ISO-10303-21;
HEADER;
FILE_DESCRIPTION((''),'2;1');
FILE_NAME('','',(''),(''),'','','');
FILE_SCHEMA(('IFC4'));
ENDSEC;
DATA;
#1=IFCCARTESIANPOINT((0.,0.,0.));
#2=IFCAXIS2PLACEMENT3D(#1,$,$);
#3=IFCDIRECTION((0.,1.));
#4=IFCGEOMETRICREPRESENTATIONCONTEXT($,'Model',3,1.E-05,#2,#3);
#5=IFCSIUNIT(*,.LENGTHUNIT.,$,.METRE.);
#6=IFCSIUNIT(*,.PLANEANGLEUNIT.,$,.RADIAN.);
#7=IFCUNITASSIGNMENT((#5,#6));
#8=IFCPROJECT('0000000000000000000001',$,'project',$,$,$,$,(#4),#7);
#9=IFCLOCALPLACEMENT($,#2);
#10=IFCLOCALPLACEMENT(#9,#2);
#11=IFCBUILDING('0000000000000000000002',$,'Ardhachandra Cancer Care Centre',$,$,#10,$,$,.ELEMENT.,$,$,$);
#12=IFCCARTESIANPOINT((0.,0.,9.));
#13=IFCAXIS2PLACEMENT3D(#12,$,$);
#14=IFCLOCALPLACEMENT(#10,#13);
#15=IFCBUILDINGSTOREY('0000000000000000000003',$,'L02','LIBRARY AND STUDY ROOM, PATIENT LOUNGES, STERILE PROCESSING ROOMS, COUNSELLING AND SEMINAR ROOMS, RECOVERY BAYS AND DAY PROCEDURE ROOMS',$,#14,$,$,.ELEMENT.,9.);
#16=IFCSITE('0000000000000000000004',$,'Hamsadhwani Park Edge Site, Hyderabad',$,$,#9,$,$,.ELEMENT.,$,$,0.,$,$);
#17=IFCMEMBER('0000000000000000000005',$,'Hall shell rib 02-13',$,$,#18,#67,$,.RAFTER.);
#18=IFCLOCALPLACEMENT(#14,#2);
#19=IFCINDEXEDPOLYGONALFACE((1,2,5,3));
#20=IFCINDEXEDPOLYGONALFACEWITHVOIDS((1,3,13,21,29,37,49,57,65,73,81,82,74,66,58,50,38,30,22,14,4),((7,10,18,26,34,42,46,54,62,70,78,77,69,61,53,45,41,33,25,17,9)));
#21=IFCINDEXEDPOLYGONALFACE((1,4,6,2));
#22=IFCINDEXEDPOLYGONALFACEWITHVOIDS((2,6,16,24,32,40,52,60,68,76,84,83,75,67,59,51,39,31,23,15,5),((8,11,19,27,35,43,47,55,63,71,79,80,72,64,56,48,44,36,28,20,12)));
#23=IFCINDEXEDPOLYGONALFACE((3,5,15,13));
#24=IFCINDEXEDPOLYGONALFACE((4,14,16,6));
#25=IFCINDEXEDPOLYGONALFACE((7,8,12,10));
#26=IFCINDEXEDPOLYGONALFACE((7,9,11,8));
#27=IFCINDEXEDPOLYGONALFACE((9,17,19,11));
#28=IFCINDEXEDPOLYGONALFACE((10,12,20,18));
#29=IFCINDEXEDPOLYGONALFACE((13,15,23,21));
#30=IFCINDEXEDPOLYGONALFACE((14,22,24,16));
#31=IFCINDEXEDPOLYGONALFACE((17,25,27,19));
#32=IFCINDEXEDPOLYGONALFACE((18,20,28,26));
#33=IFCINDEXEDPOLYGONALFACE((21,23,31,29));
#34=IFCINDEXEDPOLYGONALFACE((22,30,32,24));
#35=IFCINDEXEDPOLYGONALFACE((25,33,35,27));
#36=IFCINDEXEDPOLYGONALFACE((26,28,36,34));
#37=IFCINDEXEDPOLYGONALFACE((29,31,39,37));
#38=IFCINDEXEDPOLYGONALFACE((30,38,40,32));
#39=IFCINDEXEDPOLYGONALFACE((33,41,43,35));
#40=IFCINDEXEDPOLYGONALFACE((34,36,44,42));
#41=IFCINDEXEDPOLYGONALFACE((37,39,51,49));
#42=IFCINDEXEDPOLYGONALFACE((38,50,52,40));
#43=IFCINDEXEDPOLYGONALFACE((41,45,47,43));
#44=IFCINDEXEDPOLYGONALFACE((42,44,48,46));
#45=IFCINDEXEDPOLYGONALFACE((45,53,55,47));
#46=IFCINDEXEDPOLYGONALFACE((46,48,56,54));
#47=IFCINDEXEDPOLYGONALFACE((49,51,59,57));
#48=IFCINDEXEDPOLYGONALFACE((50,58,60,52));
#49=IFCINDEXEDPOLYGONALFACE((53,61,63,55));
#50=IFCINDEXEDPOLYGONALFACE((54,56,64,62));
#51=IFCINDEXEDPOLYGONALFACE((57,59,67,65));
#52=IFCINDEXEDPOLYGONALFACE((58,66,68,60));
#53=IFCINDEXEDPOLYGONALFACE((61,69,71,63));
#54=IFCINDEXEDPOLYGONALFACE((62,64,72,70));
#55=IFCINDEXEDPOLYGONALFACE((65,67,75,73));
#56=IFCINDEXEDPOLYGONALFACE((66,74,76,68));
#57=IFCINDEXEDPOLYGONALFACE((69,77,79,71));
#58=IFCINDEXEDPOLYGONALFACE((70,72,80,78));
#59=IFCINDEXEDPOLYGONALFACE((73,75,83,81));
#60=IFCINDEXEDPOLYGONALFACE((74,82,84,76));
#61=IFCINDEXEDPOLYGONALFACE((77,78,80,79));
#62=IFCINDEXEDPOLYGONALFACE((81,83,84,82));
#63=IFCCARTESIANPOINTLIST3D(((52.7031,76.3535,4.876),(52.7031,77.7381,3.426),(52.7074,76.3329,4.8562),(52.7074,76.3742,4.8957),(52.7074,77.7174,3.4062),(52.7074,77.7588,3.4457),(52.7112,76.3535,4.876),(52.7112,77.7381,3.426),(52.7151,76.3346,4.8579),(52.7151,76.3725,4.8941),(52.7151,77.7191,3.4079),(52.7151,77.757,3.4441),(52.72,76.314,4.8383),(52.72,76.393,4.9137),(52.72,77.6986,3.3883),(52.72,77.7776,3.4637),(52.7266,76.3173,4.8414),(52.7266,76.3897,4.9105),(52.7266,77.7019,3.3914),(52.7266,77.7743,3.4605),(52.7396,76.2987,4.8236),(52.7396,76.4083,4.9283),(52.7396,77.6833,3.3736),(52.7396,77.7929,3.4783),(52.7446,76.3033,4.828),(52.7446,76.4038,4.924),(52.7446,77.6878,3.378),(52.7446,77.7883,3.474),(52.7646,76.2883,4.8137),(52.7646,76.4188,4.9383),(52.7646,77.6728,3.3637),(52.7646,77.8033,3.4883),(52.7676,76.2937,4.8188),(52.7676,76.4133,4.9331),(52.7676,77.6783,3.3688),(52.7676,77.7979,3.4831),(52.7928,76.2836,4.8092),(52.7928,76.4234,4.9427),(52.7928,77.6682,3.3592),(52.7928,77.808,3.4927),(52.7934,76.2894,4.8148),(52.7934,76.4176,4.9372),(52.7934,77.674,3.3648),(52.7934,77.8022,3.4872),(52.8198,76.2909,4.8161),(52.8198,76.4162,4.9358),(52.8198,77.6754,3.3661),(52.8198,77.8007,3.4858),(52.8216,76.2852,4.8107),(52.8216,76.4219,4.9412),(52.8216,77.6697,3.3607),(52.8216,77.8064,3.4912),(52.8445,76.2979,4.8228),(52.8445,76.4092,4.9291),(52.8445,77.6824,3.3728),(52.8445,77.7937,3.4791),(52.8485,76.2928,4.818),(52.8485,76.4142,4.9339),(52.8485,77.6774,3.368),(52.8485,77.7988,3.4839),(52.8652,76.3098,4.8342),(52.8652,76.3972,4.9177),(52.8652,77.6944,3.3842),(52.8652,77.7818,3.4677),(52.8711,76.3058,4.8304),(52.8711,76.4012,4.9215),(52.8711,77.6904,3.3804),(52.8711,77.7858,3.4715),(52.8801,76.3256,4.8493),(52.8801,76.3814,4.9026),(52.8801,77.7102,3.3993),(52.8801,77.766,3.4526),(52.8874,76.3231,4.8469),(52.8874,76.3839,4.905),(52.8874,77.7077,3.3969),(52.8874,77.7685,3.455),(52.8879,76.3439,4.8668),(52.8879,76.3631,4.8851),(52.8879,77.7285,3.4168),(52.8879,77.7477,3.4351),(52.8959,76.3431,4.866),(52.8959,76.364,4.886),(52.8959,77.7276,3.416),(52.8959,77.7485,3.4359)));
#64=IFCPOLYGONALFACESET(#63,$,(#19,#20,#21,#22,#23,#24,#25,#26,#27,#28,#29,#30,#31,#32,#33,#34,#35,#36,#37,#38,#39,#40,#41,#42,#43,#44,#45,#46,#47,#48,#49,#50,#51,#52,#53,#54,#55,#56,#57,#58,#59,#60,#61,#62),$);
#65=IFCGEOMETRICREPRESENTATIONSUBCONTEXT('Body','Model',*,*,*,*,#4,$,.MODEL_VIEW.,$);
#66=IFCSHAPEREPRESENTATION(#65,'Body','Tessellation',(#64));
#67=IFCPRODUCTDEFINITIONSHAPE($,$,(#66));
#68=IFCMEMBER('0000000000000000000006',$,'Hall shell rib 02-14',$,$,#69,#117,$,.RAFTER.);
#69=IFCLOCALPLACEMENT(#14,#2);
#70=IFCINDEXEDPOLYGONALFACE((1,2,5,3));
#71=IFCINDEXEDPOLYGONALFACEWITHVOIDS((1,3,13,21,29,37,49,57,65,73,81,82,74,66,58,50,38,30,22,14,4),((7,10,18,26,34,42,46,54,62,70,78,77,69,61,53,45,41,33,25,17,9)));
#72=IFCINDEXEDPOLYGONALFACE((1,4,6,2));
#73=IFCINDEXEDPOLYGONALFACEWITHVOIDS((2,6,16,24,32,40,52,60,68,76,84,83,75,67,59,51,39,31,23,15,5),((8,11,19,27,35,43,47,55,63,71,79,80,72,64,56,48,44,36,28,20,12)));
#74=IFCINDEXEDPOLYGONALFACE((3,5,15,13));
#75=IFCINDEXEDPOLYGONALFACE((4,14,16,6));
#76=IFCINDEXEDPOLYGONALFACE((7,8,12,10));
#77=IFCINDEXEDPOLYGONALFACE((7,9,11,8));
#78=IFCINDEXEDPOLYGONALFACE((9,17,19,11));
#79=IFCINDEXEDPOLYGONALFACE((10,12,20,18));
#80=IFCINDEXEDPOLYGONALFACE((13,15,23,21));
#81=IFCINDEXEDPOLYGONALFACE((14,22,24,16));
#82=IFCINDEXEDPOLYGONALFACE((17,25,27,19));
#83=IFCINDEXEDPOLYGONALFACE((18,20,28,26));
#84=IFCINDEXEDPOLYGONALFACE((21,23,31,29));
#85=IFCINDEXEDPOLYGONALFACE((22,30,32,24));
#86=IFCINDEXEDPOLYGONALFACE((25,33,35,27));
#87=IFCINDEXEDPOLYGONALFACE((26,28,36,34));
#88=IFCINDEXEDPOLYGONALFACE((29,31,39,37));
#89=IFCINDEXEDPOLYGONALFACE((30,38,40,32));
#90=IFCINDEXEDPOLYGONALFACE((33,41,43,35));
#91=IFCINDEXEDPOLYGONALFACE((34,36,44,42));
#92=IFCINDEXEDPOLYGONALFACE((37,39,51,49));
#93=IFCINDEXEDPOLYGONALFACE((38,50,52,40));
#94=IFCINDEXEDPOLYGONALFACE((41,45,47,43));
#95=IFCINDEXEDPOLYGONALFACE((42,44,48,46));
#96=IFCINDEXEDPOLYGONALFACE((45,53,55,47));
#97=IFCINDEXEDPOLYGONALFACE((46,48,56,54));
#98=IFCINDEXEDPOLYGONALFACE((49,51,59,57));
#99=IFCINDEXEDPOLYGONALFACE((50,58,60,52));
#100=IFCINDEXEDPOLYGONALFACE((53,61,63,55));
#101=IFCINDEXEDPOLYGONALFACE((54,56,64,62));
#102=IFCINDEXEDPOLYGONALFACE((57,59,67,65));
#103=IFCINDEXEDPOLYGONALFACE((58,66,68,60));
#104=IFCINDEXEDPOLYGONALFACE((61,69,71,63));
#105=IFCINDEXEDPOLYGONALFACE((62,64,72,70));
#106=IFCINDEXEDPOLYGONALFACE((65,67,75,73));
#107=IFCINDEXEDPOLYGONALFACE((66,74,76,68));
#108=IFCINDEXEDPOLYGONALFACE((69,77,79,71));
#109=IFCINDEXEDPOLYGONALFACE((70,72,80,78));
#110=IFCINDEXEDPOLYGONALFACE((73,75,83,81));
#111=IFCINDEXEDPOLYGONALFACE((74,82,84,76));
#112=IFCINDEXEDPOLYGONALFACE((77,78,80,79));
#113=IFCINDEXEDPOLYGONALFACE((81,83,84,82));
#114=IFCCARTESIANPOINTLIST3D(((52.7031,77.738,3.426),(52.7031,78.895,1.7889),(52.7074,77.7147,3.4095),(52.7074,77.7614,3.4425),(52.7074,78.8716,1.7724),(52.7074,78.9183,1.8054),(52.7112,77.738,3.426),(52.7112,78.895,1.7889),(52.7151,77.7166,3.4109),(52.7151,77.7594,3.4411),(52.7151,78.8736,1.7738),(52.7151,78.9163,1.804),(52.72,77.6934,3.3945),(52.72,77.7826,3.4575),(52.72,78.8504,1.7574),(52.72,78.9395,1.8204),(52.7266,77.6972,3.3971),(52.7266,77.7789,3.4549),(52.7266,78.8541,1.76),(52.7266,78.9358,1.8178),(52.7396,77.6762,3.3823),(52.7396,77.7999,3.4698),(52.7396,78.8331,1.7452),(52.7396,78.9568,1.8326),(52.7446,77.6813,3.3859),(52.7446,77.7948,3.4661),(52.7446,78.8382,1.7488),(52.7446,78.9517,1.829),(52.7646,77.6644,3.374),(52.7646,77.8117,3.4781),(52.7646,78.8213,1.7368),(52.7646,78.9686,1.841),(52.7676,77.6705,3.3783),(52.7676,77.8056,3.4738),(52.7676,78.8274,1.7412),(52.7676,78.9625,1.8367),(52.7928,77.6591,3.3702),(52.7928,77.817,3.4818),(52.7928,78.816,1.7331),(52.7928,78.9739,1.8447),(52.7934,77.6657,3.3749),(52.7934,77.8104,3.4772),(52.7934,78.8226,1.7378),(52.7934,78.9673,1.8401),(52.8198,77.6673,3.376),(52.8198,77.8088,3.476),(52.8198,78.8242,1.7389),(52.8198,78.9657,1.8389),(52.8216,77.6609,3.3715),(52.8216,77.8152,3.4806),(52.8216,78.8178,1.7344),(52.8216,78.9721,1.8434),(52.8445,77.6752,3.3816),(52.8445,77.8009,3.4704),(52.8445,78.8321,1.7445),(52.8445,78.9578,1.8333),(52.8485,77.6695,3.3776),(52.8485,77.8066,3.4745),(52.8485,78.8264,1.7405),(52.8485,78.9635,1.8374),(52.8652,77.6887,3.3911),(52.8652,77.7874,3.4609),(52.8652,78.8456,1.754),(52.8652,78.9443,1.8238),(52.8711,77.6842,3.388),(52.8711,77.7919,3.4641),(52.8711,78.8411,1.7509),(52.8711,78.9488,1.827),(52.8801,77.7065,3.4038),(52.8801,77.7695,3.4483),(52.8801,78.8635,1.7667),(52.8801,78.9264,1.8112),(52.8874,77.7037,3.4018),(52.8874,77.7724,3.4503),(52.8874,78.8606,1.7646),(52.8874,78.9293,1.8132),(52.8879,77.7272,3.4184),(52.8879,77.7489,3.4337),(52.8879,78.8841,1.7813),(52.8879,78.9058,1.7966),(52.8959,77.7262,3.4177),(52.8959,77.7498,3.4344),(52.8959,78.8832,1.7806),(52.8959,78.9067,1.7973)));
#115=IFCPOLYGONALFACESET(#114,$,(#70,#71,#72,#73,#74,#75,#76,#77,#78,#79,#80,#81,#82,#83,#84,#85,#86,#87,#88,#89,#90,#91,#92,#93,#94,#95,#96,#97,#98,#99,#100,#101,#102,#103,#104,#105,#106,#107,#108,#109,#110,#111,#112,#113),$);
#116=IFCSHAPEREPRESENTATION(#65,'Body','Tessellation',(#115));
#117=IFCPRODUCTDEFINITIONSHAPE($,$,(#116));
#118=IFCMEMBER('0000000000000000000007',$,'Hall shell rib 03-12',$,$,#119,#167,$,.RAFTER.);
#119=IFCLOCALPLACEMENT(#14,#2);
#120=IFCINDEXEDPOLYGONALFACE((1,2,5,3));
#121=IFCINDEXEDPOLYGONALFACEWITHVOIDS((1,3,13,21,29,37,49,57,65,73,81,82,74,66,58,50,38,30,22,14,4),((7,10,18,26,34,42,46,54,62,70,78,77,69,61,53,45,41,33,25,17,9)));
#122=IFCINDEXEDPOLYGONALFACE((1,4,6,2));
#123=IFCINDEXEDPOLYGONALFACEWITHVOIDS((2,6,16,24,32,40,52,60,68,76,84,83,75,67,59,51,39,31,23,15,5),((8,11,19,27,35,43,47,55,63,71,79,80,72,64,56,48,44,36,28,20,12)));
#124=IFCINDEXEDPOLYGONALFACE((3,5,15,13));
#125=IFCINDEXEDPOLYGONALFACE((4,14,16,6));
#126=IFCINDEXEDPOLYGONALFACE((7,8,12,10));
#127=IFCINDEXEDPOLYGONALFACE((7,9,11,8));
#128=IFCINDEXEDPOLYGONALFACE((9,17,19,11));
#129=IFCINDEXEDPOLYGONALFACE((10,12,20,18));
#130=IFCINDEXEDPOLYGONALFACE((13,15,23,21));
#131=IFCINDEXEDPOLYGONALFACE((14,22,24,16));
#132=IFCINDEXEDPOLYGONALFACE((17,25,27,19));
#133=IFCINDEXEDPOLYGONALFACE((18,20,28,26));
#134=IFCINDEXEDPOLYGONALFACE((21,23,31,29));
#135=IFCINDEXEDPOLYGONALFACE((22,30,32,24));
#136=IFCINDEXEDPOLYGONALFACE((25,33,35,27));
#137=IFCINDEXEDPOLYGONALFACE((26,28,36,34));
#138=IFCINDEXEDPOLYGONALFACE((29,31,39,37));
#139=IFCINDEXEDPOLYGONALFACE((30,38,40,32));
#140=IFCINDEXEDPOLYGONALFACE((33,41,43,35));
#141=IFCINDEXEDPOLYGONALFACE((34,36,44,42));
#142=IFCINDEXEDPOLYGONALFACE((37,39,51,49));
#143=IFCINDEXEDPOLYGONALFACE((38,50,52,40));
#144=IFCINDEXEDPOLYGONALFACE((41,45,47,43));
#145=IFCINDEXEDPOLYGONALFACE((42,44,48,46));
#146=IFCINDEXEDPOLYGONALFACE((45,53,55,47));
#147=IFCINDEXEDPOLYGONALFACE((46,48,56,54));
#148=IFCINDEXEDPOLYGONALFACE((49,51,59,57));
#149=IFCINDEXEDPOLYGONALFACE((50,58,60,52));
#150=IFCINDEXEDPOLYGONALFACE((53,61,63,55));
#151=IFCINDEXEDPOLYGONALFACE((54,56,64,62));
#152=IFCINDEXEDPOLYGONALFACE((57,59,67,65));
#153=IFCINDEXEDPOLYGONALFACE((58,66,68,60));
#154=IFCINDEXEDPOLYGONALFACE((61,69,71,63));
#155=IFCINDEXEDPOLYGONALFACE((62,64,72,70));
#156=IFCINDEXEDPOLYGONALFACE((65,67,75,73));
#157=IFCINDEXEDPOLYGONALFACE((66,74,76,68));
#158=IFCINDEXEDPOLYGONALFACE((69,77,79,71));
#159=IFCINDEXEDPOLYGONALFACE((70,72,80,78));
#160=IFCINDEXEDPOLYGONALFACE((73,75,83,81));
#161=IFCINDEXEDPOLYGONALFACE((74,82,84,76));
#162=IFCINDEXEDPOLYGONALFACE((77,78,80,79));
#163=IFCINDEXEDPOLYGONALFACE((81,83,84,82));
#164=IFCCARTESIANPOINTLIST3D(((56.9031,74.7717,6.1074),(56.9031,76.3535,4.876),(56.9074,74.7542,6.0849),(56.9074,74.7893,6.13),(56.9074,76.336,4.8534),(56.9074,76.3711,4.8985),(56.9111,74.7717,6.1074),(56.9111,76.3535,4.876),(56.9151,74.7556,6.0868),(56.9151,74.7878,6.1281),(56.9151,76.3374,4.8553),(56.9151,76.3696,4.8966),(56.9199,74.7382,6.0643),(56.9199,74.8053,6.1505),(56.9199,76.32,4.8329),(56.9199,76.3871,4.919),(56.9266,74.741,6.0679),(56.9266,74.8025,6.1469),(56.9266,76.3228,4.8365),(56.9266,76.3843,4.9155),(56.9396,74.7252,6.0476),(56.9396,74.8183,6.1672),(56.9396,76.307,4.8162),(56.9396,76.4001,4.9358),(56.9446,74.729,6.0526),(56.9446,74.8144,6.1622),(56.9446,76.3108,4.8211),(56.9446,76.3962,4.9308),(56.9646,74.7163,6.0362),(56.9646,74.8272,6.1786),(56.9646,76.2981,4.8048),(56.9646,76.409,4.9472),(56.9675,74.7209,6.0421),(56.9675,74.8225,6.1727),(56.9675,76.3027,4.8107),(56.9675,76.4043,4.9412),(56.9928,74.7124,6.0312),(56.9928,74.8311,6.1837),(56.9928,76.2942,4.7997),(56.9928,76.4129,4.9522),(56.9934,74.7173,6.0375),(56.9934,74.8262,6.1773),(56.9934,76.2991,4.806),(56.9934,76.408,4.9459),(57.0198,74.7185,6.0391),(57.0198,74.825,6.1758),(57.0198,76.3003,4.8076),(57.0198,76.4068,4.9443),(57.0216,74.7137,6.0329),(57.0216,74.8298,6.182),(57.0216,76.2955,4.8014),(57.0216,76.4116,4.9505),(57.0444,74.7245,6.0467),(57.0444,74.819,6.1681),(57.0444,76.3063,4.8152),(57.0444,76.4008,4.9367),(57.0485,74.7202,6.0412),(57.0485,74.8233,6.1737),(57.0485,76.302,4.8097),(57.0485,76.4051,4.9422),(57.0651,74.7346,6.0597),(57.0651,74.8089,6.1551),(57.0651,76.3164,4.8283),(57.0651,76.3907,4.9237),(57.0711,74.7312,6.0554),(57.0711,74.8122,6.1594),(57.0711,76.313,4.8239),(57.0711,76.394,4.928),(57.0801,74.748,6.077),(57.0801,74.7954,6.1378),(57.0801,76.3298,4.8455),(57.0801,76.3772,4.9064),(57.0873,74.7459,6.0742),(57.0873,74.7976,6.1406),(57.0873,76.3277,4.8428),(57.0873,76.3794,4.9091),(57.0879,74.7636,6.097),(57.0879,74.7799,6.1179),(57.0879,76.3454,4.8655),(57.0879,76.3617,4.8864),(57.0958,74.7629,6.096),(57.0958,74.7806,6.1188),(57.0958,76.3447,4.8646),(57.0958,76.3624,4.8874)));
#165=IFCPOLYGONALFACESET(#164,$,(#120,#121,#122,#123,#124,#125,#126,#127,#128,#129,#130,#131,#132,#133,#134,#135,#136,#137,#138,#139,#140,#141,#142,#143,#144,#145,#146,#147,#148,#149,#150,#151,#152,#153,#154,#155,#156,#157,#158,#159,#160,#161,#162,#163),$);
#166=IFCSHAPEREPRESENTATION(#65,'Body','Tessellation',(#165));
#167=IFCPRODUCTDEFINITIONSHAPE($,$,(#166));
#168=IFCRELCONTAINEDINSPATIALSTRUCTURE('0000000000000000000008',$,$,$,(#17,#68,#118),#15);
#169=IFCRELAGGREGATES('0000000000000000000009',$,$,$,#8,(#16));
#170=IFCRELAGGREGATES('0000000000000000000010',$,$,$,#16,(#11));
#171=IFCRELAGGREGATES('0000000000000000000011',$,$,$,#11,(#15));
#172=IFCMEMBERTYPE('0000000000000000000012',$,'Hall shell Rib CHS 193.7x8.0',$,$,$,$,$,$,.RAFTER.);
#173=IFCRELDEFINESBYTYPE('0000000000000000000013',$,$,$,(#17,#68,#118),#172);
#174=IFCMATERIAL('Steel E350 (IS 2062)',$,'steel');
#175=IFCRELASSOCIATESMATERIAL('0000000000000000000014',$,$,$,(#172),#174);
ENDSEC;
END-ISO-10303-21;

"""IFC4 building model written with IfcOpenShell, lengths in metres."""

from ifc_helpers import new_model, si_unit, direction, frame, origin, origin_2d, place, context, subcontext, project, spatial, hollow_circle, extrude, material, material_profile, profile_set, type_object, element, save


model = new_model("IFC4")

# Units and contexts
model_context = context("Model", 3, precision=1e-05, world=origin(), true_north=direction((0.0, 1.0)))
body_context = subcontext(model_context, "Body", "Model", "MODEL_VIEW")
ifc_project = project(units=[si_unit("LENGTHUNIT", "METRE"), si_unit("PLANEANGLEUNIT", "RADIAN")], contexts=[model_context])

# Site, building, storey
site_placement = place(None, origin())
site = spatial("IfcSite", under=ifc_project, at=site_placement, Name="Hamsadhwani Park Edge Site, Hyderabad", CompositionType="ELEMENT", RefElevation=0.0)
building_placement = place(site_placement, origin())
building = spatial("IfcBuilding", under=site, at=building_placement, Name="Ardhachandra Cancer Care Centre", CompositionType="ELEMENT")
storey_placement = place(building_placement, frame((0.0, 0.0, 9.0)))
storey = spatial("IfcBuildingStorey", under=building, at=storey_placement, Name="L02", Description="LIBRARY AND STUDY ROOM, PATIENT LOUNGES, STERILE PROCESSING ROOMS, COUNSELLING AND SEMINAR ROOMS, RECOVERY BAYS AND DAY PROCEDURE ROOMS", CompositionType="ELEMENT", Elevation=9.0)

# Members
ifc_material_1 = material(Name="Steel E350 (IS 2062)", Category="steel")
ifc_material_profile_1 = material_profile(ifc_material_1, hollow_circle(Radius=0.0969, WallThickness=0.0081, at=origin_2d()), Name="CHS 193.7x8.0")
ifc_profile_set_1 = profile_set([ifc_material_profile_1], Name="Steel E350 (IS 2062)")
member_type_1 = type_object("IfcMemberType", Name="Hall shell Rib CHS 193.7x8.0", PredefinedType="RAFTER", material=ifc_profile_set_1)
member_1_placement = place(storey_placement, frame((52.8, 76.3535, 4.876), z_axis=(0.0, 0.6906, -0.723237), x_axis=(-1.0, 0.0, 0.0)))
element("IfcMember", 1, at=member_1_placement, inside=storey, type_object=member_type_1, Name="Hall shell rib 02-13", PredefinedType="RAFTER", context=body_context, shape_type="SweptSolid", body=[
    extrude(hollow_circle(Radius=0.0969, WallThickness=0.0081, at=origin_2d()), origin(), (0.0, 0.0, 1.0), 2.0049),
])
for number, where, z_axis, x_axis, name in (
    (2, (52.8, 77.738, 3.426), (0.0, 0.577118, -0.816661), (-1.0, 0.0, 0.0), "Hall shell rib 02-14"),
    (3, (57.0, 74.7717, 6.1074), (0.0, 0.78907, -0.614303), (-1.0, 0.0, 0.0), "Hall shell rib 03-12"),
):
    element("IfcMember", number, at=place(storey_placement, frame(where, z_axis=z_axis, x_axis=x_axis)), inside=storey, type_object=member_type_1, Name=name, PredefinedType="RAFTER", context=body_context, shape_type="SweptSolid", body=[
        extrude(hollow_circle(Radius=0.0969, WallThickness=0.0081, at=origin_2d()), origin(), (0.0, 0.0, 1.0), 2.0046),
    ])

save(model, "model.ifc")
